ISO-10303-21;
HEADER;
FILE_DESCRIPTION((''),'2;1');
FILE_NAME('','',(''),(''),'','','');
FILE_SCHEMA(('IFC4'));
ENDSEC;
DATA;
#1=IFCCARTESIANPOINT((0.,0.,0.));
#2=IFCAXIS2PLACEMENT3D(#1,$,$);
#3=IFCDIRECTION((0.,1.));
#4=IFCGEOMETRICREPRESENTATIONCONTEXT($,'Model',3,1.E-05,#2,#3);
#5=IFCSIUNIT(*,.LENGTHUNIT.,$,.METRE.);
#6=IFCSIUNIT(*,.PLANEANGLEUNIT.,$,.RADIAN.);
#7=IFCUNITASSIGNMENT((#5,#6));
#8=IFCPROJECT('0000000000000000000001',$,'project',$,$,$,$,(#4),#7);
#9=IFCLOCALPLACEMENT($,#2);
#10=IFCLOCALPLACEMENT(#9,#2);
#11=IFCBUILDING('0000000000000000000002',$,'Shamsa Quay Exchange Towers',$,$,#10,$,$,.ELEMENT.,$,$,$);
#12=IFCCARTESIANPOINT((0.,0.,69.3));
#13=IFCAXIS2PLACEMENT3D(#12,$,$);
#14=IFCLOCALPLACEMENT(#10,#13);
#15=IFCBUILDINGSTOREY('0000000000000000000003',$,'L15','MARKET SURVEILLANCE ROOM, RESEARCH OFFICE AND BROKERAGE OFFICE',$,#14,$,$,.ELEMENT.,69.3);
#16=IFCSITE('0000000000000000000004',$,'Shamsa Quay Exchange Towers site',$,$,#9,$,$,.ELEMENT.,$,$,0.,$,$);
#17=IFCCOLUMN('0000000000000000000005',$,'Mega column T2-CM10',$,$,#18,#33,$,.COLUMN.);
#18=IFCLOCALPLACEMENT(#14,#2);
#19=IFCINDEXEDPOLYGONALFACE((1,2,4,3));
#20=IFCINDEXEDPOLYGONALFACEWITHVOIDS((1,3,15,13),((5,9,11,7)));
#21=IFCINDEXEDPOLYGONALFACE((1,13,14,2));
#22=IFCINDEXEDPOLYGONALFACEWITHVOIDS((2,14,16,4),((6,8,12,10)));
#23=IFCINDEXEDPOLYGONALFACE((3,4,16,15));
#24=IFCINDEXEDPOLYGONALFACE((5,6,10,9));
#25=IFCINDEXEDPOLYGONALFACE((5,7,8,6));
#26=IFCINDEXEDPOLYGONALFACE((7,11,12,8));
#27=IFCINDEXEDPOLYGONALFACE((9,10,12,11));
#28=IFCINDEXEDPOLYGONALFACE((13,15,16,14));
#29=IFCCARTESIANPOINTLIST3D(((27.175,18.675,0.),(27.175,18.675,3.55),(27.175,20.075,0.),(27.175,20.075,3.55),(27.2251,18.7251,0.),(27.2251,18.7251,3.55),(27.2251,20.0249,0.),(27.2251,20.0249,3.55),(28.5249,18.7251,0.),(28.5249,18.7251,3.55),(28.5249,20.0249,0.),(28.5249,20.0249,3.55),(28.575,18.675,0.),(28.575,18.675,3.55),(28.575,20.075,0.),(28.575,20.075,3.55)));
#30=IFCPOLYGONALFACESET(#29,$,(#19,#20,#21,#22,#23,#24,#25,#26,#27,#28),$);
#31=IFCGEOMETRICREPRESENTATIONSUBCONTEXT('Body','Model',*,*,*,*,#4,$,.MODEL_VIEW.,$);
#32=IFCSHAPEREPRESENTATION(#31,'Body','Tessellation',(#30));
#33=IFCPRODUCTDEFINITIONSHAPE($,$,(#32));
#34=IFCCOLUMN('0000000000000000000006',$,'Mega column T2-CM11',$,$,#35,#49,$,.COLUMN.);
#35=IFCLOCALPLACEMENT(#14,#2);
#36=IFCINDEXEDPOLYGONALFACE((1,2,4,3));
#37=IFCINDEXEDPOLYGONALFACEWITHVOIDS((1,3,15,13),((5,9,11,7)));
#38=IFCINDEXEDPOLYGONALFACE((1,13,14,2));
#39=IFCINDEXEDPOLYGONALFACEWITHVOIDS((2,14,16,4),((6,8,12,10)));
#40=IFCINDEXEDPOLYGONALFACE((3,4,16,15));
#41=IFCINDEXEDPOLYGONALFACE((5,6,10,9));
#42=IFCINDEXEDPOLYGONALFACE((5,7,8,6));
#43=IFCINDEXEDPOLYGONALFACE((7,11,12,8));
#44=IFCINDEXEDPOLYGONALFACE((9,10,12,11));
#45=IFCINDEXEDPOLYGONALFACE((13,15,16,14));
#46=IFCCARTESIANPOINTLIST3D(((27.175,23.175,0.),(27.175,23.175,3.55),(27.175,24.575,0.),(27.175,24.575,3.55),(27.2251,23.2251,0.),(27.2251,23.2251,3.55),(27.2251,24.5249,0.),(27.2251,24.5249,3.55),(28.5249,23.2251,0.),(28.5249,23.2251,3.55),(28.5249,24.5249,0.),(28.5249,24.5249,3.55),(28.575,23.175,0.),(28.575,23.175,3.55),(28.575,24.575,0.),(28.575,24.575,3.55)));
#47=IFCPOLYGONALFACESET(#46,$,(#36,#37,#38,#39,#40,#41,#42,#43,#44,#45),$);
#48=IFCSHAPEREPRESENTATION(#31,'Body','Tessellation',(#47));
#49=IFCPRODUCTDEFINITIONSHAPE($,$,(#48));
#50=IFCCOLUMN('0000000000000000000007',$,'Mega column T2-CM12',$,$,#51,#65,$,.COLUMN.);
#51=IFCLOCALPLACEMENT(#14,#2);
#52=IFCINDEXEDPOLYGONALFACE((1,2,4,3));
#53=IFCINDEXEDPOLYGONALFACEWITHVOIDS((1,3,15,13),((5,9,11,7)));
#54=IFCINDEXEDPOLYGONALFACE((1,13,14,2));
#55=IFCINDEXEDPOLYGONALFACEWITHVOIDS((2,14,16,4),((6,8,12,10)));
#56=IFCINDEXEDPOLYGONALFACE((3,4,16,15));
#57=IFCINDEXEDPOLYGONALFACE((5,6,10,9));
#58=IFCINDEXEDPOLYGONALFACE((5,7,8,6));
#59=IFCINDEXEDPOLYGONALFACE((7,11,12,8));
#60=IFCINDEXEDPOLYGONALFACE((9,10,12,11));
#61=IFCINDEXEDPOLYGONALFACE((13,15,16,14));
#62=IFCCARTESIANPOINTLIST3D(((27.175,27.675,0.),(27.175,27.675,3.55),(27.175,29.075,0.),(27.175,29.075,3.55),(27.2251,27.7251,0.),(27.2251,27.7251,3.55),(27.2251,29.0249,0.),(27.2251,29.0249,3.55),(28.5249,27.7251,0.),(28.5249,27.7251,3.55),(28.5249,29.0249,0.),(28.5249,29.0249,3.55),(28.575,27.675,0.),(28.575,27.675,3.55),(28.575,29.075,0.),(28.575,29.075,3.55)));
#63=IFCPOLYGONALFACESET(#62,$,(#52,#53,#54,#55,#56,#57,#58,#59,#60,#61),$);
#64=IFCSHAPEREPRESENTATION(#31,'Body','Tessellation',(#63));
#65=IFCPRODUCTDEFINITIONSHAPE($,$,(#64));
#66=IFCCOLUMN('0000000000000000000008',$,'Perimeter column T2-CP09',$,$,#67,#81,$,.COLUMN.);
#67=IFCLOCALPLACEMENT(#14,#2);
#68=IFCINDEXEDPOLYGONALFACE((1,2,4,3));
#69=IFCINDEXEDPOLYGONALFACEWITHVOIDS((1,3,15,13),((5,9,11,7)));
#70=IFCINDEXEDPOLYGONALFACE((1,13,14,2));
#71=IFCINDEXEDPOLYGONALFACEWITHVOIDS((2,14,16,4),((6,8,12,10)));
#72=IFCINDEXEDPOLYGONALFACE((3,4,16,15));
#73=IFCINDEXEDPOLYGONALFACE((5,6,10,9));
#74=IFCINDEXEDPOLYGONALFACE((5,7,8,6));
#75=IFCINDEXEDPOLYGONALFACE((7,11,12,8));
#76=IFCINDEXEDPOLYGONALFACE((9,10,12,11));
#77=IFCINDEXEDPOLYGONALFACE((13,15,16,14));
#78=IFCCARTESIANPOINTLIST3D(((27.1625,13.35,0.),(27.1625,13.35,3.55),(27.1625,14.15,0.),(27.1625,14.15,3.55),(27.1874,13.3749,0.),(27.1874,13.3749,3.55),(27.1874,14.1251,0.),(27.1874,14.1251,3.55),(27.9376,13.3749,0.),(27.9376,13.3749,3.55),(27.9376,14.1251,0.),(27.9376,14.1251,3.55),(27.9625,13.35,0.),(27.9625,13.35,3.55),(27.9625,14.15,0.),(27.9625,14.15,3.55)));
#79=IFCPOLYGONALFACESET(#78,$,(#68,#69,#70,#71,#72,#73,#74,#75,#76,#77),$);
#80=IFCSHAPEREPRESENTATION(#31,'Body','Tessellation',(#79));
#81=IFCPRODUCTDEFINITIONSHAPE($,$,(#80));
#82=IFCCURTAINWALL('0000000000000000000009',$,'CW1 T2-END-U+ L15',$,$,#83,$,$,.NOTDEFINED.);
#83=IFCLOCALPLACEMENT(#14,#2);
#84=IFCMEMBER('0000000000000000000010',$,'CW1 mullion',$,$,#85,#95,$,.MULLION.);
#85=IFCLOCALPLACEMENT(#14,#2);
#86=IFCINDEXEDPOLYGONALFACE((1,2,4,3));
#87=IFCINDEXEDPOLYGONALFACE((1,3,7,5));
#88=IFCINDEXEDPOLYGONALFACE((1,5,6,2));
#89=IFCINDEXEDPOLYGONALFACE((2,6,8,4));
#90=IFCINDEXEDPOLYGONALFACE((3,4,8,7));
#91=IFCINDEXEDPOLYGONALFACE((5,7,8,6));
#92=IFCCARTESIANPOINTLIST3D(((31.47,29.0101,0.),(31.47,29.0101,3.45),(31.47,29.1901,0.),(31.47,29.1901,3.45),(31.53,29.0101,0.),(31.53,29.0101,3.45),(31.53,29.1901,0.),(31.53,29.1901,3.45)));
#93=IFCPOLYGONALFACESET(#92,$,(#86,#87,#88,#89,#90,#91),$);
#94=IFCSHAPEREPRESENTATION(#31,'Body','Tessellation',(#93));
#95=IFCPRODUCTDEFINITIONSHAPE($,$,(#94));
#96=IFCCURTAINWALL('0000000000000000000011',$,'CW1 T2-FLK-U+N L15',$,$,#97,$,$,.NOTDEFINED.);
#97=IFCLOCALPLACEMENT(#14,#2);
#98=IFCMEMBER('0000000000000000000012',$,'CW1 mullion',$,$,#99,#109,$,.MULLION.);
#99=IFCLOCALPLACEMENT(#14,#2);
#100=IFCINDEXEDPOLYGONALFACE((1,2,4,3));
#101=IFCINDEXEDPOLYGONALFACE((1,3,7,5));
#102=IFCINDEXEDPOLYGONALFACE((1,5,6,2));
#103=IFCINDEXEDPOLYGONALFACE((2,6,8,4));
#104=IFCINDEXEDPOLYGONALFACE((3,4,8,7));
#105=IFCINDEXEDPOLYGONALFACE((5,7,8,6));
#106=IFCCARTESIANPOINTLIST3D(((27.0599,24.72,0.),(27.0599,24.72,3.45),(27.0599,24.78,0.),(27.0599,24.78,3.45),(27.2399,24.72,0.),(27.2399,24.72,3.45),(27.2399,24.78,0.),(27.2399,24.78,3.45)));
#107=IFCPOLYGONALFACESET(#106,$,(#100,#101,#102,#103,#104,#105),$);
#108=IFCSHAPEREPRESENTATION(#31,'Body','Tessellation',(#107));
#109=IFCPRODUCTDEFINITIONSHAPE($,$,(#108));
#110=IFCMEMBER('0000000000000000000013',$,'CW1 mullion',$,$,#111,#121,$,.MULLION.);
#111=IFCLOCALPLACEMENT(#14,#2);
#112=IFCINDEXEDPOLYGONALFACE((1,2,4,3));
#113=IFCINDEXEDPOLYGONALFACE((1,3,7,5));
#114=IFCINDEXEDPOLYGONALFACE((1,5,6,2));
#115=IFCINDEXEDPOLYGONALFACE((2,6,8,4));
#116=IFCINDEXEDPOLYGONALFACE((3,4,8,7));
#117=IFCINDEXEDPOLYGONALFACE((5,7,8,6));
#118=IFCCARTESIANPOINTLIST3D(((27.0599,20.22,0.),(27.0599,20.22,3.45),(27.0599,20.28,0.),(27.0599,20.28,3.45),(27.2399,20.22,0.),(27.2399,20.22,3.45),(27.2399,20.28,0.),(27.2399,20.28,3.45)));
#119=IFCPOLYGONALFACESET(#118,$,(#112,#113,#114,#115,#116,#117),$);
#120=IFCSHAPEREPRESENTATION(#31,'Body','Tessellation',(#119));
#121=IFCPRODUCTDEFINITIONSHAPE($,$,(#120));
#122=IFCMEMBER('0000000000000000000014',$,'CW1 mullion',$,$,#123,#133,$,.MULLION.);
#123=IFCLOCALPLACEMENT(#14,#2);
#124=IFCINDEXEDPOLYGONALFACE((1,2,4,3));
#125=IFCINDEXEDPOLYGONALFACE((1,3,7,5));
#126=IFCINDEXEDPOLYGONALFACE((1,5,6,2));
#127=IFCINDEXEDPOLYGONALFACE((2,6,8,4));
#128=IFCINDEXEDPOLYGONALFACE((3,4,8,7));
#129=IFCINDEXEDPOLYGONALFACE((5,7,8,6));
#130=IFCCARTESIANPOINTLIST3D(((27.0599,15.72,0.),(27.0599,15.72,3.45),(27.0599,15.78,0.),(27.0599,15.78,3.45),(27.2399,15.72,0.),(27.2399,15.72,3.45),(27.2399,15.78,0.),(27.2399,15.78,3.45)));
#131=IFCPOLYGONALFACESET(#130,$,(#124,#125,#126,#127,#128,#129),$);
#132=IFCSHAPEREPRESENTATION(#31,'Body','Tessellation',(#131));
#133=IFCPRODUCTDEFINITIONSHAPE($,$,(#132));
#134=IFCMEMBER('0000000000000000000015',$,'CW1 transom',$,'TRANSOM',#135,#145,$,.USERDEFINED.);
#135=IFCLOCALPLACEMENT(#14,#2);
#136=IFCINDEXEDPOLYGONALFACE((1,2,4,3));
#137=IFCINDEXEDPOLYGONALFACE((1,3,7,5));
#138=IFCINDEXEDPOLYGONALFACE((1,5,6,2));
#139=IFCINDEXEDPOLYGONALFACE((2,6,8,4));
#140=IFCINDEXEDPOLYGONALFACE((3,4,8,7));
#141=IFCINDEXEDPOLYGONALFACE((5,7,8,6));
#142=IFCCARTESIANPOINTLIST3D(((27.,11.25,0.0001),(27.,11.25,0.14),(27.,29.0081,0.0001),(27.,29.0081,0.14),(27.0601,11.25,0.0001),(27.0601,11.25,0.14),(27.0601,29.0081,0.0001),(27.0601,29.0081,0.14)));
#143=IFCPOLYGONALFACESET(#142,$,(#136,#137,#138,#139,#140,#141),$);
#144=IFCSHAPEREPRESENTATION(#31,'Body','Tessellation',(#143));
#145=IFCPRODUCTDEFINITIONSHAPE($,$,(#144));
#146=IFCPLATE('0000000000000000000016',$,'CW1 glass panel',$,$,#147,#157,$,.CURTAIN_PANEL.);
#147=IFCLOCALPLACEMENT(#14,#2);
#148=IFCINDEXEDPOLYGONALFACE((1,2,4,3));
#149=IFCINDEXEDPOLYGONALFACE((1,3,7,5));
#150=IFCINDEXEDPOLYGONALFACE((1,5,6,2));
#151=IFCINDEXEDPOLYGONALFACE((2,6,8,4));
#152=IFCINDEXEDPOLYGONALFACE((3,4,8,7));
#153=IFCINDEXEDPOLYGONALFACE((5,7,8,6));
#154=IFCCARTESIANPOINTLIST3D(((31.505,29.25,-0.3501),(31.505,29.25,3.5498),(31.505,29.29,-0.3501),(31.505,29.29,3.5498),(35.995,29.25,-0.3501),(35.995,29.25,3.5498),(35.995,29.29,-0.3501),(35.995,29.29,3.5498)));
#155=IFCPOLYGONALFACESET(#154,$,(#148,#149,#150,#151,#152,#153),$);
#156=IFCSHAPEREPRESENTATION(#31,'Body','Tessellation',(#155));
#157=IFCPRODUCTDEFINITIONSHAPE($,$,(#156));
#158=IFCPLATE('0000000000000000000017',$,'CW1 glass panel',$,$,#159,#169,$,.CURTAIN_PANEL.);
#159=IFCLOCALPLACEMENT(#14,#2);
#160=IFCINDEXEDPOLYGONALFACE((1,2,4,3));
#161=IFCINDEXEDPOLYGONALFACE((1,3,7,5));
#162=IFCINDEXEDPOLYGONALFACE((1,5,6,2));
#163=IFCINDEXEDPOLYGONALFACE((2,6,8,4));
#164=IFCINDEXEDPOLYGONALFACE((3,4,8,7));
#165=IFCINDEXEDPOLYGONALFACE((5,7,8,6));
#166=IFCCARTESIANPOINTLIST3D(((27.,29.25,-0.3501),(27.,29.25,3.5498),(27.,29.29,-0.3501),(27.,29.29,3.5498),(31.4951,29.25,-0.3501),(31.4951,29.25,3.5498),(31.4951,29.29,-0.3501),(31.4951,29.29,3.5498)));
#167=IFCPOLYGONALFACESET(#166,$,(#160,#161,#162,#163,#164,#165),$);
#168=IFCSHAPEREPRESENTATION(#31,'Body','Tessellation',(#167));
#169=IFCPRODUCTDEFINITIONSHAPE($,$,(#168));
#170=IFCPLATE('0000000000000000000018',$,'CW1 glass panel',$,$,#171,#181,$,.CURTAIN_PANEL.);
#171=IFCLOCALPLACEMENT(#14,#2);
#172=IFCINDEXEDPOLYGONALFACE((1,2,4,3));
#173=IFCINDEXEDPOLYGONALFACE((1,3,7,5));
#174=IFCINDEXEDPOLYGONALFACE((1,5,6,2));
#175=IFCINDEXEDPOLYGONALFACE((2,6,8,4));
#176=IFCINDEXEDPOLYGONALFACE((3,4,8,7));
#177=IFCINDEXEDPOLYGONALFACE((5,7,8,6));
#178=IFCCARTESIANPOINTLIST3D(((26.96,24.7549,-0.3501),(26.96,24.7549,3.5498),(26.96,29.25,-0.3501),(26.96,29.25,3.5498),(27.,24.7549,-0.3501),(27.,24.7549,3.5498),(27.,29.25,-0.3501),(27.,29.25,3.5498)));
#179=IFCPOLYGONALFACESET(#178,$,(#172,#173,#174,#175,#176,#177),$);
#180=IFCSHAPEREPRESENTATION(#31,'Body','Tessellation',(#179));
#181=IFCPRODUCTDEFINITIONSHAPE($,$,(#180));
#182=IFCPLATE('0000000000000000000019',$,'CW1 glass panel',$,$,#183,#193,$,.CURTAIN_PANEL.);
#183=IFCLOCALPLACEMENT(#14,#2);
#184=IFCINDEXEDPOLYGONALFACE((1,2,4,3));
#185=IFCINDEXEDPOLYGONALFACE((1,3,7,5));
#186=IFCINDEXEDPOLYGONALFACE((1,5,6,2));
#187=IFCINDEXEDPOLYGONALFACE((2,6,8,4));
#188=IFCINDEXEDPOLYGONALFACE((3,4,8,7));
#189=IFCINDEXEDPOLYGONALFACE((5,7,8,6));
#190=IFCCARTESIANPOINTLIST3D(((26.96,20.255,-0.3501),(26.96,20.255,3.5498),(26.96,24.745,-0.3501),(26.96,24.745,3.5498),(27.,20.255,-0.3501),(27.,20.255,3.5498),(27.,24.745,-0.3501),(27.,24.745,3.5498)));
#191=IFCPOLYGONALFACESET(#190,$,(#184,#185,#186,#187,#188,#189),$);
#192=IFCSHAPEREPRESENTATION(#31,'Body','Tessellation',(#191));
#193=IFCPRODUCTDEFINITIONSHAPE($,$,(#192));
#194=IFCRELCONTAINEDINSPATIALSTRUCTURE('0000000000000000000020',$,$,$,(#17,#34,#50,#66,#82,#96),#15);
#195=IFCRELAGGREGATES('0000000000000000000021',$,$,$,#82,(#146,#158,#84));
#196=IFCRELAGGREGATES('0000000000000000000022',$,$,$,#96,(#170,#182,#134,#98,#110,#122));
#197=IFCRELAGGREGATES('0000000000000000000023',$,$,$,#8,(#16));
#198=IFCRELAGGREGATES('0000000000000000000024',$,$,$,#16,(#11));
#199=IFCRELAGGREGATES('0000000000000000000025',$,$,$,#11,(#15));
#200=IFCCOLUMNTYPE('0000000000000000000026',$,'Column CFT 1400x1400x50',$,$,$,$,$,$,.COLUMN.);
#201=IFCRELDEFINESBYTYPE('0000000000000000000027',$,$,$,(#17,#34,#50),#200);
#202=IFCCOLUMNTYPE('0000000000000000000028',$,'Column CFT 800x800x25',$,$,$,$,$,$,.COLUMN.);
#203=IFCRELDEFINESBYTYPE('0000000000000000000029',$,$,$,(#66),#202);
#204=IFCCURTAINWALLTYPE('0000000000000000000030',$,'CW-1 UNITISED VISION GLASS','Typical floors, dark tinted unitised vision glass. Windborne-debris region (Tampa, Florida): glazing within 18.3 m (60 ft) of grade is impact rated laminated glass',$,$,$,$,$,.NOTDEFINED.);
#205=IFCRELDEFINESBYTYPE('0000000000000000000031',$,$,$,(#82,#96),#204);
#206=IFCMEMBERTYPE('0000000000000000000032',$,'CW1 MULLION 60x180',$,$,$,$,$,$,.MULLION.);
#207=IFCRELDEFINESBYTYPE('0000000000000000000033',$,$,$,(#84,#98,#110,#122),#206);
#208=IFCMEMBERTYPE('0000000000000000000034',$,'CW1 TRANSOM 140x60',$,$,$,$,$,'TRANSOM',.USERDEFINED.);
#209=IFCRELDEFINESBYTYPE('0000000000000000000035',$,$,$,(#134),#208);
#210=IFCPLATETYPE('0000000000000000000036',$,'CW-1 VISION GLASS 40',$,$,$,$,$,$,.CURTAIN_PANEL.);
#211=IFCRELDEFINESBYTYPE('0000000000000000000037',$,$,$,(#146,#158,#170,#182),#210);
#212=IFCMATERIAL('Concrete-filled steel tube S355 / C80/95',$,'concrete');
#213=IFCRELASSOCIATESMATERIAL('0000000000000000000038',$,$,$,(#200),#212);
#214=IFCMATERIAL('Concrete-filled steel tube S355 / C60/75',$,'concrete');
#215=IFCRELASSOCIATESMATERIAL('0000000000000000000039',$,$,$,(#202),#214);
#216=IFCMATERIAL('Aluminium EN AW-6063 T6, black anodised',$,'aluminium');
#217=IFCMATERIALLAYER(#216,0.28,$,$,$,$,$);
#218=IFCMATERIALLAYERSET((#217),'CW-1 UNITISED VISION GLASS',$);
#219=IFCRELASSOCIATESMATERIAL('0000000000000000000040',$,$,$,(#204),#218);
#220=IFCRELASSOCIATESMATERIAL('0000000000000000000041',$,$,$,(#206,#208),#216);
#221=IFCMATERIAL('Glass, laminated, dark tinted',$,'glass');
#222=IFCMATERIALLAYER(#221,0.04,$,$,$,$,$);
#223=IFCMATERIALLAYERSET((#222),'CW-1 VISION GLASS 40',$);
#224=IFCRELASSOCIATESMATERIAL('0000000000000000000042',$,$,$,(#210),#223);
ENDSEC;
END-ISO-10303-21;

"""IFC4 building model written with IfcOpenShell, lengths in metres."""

from ifc_helpers import new_model, si_unit, direction, frame, origin, origin_2d, place, context, subcontext, project, spatial, rectangle, hollow_rectangle, extrude, material, layer, layer_set, material_profile, profile_set, type_object, element, aggregate, save


model = new_model("IFC4")

# Units and contexts
model_context = context("Model", 3, precision=1e-05, world=origin(), true_north=direction((0.0, 1.0)))
body_context = subcontext(model_context, "Body", "Model", "MODEL_VIEW")
ifc_project = project(units=[si_unit("LENGTHUNIT", "METRE"), si_unit("PLANEANGLEUNIT", "RADIAN")], contexts=[model_context])

# Site, building, storey
site_placement = place(None, origin())
site = spatial("IfcSite", under=ifc_project, at=site_placement, Name="Shamsa Quay Exchange Towers site", CompositionType="ELEMENT", RefElevation=0.0)
building_placement = place(site_placement, origin())
building = spatial("IfcBuilding", under=site, at=building_placement, Name="Shamsa Quay Exchange Towers", CompositionType="ELEMENT")
storey_placement = place(building_placement, frame((0.0, 0.0, 69.3)))
storey = spatial("IfcBuildingStorey", under=building, at=storey_placement, Name="L15", Description="MARKET SURVEILLANCE ROOM, RESEARCH OFFICE AND BROKERAGE OFFICE", CompositionType="ELEMENT", Elevation=69.3)

# Columns
ifc_material_1 = material(Name="Concrete-filled steel tube S355 / C80/95", Category="concrete")
ifc_material_profile_1 = material_profile(ifc_material_1, hollow_rectangle(XDim=1.3999, YDim=1.3999, WallThickness=0.05, at=origin_2d()), Name="CFT 1400x1400x50")
ifc_profile_set_1 = profile_set([ifc_material_profile_1], Name="Concrete-filled steel tube S355 / C80/95")
column_type_1 = type_object("IfcColumnType", Name="Column CFT 1400x1400x50", PredefinedType="COLUMN", material=ifc_profile_set_1)
for number, where, name in (
    (1, (27.875, 19.375, 0.0), "Mega column T2-CM10"),
    (2, (27.875, 23.875, 0.0), "Mega column T2-CM11"),
    (3, (27.875, 28.375, 0.0), "Mega column T2-CM12"),
):
    element("IfcColumn", number, at=place(storey_placement, frame(where)), inside=storey, type_object=column_type_1, Name=name, PredefinedType="COLUMN", context=body_context, shape_type="SweptSolid", body=[
        extrude(hollow_rectangle(XDim=1.3999, YDim=1.3999, WallThickness=0.05, at=origin_2d()), origin(), (0.0, 0.0, 1.0), 3.55),
    ])
ifc_material_2 = material(Name="Concrete-filled steel tube S355 / C60/75", Category="concrete")
ifc_material_profile_2 = material_profile(ifc_material_2, hollow_rectangle(XDim=0.8, YDim=0.8, WallThickness=0.0249, at=origin_2d()), Name="CFT 800x800x25")
ifc_profile_set_2 = profile_set([ifc_material_profile_2], Name="Concrete-filled steel tube S355 / C60/75")
column_type_2 = type_object("IfcColumnType", Name="Column CFT 800x800x25", PredefinedType="COLUMN", material=ifc_profile_set_2)
column_placement = place(storey_placement, frame((27.5625, 13.75, 0.0)))
element("IfcColumn", 4, at=column_placement, inside=storey, type_object=column_type_2, Name="Perimeter column T2-CP09", PredefinedType="COLUMN", context=body_context, shape_type="SweptSolid", body=[
    extrude(hollow_rectangle(XDim=0.8, YDim=0.8, WallThickness=0.0249, at=origin_2d()), origin(), (0.0, 0.0, 1.0), 3.55),
])

# Curtain wall, member
ifc_material_3 = material(Name="Aluminium EN AW-6063 T6, black anodised", Category="aluminium")
ifc_layer_1 = layer(ifc_material_3, 0.28)
ifc_layer_set_1 = layer_set([ifc_layer_1], Name="CW-1 UNITISED VISION GLASS")
curtain_wall_type_1 = type_object("IfcCurtainWallType", Name="CW-1 UNITISED VISION GLASS", Description="Typical floors, dark tinted unitised vision glass. Windborne-debris region (Tampa, Florida): glazing within 18.3 m (60 ft) of grade is impact rated laminated glass", PredefinedType="NOTDEFINED", material=ifc_layer_set_1)
curtain_wall_1_placement = place(storey_placement, origin())
curtain_wall_1 = element("IfcCurtainWall", 5, at=curtain_wall_1_placement, inside=storey, type_object=curtain_wall_type_1, Name="CW1 T2-END-U+ L15", PredefinedType="NOTDEFINED")
ifc_material_profile_3 = material_profile(ifc_material_3, rectangle(XDim=0.1799, YDim=0.0601, at=origin_2d()), Name="MU60x180")
ifc_profile_set_3 = profile_set([ifc_material_profile_3], Name="Aluminium EN AW-6063 T6, black anodised")
member_type_1 = type_object("IfcMemberType", Name="CW1 MULLION 60x180", PredefinedType="MULLION", material=ifc_profile_set_3)
member_1_placement = place(storey_placement, frame((31.5, 29.1001, 0.0), z_axis=(0.0, 0.0, 1.0), x_axis=(0.0, -1.0, 0.0)))
member_1 = element("IfcMember", 6, at=member_1_placement, type_object=member_type_1, Name="CW1 mullion", PredefinedType="MULLION", context=body_context, shape_type="SweptSolid", body=[
    extrude(rectangle(XDim=0.1799, YDim=0.0601, at=origin_2d()), origin(), (0.0, 0.0, 1.0), 3.45),
])

# Curtain wall, members
curtain_wall_2_placement = place(storey_placement, origin())
curtain_wall_2 = element("IfcCurtainWall", 7, at=curtain_wall_2_placement, inside=storey, type_object=curtain_wall_type_1, Name="CW1 T2-FLK-U+N L15", PredefinedType="NOTDEFINED")
member_2_placement = place(storey_placement, frame((27.1499, 24.75, 0.0)))
member_2 = element("IfcMember", 8, at=member_2_placement, type_object=member_type_1, Name="CW1 mullion", PredefinedType="MULLION", context=body_context, shape_type="SweptSolid", body=[
    extrude(rectangle(XDim=0.1799, YDim=0.0601, at=origin_2d()), origin(), (0.0, 0.0, 1.0), 3.45),
])
member_3_placement = place(storey_placement, frame((27.1499, 20.25, 0.0)))
member_3 = element("IfcMember", 9, at=member_3_placement, type_object=member_type_1, Name="CW1 mullion", PredefinedType="MULLION", context=body_context, shape_type="SweptSolid", body=[
    extrude(rectangle(XDim=0.1799, YDim=0.0601, at=origin_2d()), origin(), (0.0, 0.0, 1.0), 3.45),
])
member_4_placement = place(storey_placement, frame((27.1499, 15.75, 0.0)))
member_4 = element("IfcMember", 10, at=member_4_placement, type_object=member_type_1, Name="CW1 mullion", PredefinedType="MULLION", context=body_context, shape_type="SweptSolid", body=[
    extrude(rectangle(XDim=0.1799, YDim=0.0601, at=origin_2d()), origin(), (0.0, 0.0, 1.0), 3.45),
])
ifc_material_profile_4 = material_profile(ifc_material_3, rectangle(XDim=0.0601, YDim=0.1399, at=origin_2d()), Name="TR140x60")
ifc_profile_set_4 = profile_set([ifc_material_profile_4], Name="Aluminium EN AW-6063 T6, black anodised")
member_type_2 = type_object("IfcMemberType", Name="CW1 TRANSOM 140x60", ElementType="TRANSOM", PredefinedType="USERDEFINED", material=ifc_profile_set_4)
member_5_placement = place(storey_placement, frame((27.03, 29.0081, 0.0701), z_axis=(0.0, -1.0, 0.0), x_axis=(1.0, 0.0, 0.0)))
member_5 = element("IfcMember", 11, at=member_5_placement, type_object=member_type_2, Name="CW1 transom", ObjectType="TRANSOM", PredefinedType="USERDEFINED", context=body_context, shape_type="SweptSolid", body=[
    extrude(rectangle(XDim=0.0601, YDim=0.1399, at=origin_2d()), origin(), (0.0, 0.0, 1.0), 17.7581),
])

# Plates
ifc_material_4 = material(Name="Glass, laminated, dark tinted", Category="glass")
ifc_layer_2 = layer(ifc_material_4, 0.04)
ifc_layer_set_2 = layer_set([ifc_layer_2], Name="CW-1 VISION GLASS 40")
plate_type_1 = type_object("IfcPlateType", Name="CW-1 VISION GLASS 40", PredefinedType="CURTAIN_PANEL", material=ifc_layer_set_2)
plate_1_placement = place(storey_placement, frame((33.75, 29.27, -0.3501), z_axis=(0.0, 0.0, 1.0), x_axis=(-1.0, 0.0, 0.0)))
plate_1 = element("IfcPlate", 12, at=plate_1_placement, type_object=plate_type_1, Name="CW1 glass panel", PredefinedType="CURTAIN_PANEL", context=body_context, shape_type="SweptSolid", body=[
    extrude(rectangle(XDim=4.49, YDim=0.04, at=origin_2d()), origin(), (0.0, 0.0, 1.0), 3.8999),
])
plate_2_placement = place(storey_placement, frame((29.2476, 29.27, -0.3501), z_axis=(0.0, 0.0, 1.0), x_axis=(-1.0, 0.0, 0.0)))
plate_2 = element("IfcPlate", 13, at=plate_2_placement, type_object=plate_type_1, Name="CW1 glass panel", PredefinedType="CURTAIN_PANEL", context=body_context, shape_type="SweptSolid", body=[
    extrude(rectangle(XDim=4.4951, YDim=0.04, at=origin_2d()), origin(), (0.0, 0.0, 1.0), 3.8999),
])
aggregate(curtain_wall_1, [plate_1, plate_2, member_1])
plate_3_placement = place(storey_placement, frame((26.98, 27.0024, -0.3501), z_axis=(0.0, 0.0, 1.0), x_axis=(0.0, -1.0, 0.0)))
plate_3 = element("IfcPlate", 14, at=plate_3_placement, type_object=plate_type_1, Name="CW1 glass panel", PredefinedType="CURTAIN_PANEL", context=body_context, shape_type="SweptSolid", body=[
    extrude(rectangle(XDim=4.4951, YDim=0.04, at=origin_2d()), origin(), (0.0, 0.0, 1.0), 3.8999),
])
plate_4_placement = place(storey_placement, frame((26.98, 22.5, -0.3501), z_axis=(0.0, 0.0, 1.0), x_axis=(0.0, -1.0, 0.0)))
plate_4 = element("IfcPlate", 15, at=plate_4_placement, type_object=plate_type_1, Name="CW1 glass panel", PredefinedType="CURTAIN_PANEL", context=body_context, shape_type="SweptSolid", body=[
    extrude(rectangle(XDim=4.49, YDim=0.04, at=origin_2d()), origin(), (0.0, 0.0, 1.0), 3.8999),
])
aggregate(curtain_wall_2, [plate_3, plate_4, member_5, member_2, member_3, member_4])

save(model, "model.ifc")
